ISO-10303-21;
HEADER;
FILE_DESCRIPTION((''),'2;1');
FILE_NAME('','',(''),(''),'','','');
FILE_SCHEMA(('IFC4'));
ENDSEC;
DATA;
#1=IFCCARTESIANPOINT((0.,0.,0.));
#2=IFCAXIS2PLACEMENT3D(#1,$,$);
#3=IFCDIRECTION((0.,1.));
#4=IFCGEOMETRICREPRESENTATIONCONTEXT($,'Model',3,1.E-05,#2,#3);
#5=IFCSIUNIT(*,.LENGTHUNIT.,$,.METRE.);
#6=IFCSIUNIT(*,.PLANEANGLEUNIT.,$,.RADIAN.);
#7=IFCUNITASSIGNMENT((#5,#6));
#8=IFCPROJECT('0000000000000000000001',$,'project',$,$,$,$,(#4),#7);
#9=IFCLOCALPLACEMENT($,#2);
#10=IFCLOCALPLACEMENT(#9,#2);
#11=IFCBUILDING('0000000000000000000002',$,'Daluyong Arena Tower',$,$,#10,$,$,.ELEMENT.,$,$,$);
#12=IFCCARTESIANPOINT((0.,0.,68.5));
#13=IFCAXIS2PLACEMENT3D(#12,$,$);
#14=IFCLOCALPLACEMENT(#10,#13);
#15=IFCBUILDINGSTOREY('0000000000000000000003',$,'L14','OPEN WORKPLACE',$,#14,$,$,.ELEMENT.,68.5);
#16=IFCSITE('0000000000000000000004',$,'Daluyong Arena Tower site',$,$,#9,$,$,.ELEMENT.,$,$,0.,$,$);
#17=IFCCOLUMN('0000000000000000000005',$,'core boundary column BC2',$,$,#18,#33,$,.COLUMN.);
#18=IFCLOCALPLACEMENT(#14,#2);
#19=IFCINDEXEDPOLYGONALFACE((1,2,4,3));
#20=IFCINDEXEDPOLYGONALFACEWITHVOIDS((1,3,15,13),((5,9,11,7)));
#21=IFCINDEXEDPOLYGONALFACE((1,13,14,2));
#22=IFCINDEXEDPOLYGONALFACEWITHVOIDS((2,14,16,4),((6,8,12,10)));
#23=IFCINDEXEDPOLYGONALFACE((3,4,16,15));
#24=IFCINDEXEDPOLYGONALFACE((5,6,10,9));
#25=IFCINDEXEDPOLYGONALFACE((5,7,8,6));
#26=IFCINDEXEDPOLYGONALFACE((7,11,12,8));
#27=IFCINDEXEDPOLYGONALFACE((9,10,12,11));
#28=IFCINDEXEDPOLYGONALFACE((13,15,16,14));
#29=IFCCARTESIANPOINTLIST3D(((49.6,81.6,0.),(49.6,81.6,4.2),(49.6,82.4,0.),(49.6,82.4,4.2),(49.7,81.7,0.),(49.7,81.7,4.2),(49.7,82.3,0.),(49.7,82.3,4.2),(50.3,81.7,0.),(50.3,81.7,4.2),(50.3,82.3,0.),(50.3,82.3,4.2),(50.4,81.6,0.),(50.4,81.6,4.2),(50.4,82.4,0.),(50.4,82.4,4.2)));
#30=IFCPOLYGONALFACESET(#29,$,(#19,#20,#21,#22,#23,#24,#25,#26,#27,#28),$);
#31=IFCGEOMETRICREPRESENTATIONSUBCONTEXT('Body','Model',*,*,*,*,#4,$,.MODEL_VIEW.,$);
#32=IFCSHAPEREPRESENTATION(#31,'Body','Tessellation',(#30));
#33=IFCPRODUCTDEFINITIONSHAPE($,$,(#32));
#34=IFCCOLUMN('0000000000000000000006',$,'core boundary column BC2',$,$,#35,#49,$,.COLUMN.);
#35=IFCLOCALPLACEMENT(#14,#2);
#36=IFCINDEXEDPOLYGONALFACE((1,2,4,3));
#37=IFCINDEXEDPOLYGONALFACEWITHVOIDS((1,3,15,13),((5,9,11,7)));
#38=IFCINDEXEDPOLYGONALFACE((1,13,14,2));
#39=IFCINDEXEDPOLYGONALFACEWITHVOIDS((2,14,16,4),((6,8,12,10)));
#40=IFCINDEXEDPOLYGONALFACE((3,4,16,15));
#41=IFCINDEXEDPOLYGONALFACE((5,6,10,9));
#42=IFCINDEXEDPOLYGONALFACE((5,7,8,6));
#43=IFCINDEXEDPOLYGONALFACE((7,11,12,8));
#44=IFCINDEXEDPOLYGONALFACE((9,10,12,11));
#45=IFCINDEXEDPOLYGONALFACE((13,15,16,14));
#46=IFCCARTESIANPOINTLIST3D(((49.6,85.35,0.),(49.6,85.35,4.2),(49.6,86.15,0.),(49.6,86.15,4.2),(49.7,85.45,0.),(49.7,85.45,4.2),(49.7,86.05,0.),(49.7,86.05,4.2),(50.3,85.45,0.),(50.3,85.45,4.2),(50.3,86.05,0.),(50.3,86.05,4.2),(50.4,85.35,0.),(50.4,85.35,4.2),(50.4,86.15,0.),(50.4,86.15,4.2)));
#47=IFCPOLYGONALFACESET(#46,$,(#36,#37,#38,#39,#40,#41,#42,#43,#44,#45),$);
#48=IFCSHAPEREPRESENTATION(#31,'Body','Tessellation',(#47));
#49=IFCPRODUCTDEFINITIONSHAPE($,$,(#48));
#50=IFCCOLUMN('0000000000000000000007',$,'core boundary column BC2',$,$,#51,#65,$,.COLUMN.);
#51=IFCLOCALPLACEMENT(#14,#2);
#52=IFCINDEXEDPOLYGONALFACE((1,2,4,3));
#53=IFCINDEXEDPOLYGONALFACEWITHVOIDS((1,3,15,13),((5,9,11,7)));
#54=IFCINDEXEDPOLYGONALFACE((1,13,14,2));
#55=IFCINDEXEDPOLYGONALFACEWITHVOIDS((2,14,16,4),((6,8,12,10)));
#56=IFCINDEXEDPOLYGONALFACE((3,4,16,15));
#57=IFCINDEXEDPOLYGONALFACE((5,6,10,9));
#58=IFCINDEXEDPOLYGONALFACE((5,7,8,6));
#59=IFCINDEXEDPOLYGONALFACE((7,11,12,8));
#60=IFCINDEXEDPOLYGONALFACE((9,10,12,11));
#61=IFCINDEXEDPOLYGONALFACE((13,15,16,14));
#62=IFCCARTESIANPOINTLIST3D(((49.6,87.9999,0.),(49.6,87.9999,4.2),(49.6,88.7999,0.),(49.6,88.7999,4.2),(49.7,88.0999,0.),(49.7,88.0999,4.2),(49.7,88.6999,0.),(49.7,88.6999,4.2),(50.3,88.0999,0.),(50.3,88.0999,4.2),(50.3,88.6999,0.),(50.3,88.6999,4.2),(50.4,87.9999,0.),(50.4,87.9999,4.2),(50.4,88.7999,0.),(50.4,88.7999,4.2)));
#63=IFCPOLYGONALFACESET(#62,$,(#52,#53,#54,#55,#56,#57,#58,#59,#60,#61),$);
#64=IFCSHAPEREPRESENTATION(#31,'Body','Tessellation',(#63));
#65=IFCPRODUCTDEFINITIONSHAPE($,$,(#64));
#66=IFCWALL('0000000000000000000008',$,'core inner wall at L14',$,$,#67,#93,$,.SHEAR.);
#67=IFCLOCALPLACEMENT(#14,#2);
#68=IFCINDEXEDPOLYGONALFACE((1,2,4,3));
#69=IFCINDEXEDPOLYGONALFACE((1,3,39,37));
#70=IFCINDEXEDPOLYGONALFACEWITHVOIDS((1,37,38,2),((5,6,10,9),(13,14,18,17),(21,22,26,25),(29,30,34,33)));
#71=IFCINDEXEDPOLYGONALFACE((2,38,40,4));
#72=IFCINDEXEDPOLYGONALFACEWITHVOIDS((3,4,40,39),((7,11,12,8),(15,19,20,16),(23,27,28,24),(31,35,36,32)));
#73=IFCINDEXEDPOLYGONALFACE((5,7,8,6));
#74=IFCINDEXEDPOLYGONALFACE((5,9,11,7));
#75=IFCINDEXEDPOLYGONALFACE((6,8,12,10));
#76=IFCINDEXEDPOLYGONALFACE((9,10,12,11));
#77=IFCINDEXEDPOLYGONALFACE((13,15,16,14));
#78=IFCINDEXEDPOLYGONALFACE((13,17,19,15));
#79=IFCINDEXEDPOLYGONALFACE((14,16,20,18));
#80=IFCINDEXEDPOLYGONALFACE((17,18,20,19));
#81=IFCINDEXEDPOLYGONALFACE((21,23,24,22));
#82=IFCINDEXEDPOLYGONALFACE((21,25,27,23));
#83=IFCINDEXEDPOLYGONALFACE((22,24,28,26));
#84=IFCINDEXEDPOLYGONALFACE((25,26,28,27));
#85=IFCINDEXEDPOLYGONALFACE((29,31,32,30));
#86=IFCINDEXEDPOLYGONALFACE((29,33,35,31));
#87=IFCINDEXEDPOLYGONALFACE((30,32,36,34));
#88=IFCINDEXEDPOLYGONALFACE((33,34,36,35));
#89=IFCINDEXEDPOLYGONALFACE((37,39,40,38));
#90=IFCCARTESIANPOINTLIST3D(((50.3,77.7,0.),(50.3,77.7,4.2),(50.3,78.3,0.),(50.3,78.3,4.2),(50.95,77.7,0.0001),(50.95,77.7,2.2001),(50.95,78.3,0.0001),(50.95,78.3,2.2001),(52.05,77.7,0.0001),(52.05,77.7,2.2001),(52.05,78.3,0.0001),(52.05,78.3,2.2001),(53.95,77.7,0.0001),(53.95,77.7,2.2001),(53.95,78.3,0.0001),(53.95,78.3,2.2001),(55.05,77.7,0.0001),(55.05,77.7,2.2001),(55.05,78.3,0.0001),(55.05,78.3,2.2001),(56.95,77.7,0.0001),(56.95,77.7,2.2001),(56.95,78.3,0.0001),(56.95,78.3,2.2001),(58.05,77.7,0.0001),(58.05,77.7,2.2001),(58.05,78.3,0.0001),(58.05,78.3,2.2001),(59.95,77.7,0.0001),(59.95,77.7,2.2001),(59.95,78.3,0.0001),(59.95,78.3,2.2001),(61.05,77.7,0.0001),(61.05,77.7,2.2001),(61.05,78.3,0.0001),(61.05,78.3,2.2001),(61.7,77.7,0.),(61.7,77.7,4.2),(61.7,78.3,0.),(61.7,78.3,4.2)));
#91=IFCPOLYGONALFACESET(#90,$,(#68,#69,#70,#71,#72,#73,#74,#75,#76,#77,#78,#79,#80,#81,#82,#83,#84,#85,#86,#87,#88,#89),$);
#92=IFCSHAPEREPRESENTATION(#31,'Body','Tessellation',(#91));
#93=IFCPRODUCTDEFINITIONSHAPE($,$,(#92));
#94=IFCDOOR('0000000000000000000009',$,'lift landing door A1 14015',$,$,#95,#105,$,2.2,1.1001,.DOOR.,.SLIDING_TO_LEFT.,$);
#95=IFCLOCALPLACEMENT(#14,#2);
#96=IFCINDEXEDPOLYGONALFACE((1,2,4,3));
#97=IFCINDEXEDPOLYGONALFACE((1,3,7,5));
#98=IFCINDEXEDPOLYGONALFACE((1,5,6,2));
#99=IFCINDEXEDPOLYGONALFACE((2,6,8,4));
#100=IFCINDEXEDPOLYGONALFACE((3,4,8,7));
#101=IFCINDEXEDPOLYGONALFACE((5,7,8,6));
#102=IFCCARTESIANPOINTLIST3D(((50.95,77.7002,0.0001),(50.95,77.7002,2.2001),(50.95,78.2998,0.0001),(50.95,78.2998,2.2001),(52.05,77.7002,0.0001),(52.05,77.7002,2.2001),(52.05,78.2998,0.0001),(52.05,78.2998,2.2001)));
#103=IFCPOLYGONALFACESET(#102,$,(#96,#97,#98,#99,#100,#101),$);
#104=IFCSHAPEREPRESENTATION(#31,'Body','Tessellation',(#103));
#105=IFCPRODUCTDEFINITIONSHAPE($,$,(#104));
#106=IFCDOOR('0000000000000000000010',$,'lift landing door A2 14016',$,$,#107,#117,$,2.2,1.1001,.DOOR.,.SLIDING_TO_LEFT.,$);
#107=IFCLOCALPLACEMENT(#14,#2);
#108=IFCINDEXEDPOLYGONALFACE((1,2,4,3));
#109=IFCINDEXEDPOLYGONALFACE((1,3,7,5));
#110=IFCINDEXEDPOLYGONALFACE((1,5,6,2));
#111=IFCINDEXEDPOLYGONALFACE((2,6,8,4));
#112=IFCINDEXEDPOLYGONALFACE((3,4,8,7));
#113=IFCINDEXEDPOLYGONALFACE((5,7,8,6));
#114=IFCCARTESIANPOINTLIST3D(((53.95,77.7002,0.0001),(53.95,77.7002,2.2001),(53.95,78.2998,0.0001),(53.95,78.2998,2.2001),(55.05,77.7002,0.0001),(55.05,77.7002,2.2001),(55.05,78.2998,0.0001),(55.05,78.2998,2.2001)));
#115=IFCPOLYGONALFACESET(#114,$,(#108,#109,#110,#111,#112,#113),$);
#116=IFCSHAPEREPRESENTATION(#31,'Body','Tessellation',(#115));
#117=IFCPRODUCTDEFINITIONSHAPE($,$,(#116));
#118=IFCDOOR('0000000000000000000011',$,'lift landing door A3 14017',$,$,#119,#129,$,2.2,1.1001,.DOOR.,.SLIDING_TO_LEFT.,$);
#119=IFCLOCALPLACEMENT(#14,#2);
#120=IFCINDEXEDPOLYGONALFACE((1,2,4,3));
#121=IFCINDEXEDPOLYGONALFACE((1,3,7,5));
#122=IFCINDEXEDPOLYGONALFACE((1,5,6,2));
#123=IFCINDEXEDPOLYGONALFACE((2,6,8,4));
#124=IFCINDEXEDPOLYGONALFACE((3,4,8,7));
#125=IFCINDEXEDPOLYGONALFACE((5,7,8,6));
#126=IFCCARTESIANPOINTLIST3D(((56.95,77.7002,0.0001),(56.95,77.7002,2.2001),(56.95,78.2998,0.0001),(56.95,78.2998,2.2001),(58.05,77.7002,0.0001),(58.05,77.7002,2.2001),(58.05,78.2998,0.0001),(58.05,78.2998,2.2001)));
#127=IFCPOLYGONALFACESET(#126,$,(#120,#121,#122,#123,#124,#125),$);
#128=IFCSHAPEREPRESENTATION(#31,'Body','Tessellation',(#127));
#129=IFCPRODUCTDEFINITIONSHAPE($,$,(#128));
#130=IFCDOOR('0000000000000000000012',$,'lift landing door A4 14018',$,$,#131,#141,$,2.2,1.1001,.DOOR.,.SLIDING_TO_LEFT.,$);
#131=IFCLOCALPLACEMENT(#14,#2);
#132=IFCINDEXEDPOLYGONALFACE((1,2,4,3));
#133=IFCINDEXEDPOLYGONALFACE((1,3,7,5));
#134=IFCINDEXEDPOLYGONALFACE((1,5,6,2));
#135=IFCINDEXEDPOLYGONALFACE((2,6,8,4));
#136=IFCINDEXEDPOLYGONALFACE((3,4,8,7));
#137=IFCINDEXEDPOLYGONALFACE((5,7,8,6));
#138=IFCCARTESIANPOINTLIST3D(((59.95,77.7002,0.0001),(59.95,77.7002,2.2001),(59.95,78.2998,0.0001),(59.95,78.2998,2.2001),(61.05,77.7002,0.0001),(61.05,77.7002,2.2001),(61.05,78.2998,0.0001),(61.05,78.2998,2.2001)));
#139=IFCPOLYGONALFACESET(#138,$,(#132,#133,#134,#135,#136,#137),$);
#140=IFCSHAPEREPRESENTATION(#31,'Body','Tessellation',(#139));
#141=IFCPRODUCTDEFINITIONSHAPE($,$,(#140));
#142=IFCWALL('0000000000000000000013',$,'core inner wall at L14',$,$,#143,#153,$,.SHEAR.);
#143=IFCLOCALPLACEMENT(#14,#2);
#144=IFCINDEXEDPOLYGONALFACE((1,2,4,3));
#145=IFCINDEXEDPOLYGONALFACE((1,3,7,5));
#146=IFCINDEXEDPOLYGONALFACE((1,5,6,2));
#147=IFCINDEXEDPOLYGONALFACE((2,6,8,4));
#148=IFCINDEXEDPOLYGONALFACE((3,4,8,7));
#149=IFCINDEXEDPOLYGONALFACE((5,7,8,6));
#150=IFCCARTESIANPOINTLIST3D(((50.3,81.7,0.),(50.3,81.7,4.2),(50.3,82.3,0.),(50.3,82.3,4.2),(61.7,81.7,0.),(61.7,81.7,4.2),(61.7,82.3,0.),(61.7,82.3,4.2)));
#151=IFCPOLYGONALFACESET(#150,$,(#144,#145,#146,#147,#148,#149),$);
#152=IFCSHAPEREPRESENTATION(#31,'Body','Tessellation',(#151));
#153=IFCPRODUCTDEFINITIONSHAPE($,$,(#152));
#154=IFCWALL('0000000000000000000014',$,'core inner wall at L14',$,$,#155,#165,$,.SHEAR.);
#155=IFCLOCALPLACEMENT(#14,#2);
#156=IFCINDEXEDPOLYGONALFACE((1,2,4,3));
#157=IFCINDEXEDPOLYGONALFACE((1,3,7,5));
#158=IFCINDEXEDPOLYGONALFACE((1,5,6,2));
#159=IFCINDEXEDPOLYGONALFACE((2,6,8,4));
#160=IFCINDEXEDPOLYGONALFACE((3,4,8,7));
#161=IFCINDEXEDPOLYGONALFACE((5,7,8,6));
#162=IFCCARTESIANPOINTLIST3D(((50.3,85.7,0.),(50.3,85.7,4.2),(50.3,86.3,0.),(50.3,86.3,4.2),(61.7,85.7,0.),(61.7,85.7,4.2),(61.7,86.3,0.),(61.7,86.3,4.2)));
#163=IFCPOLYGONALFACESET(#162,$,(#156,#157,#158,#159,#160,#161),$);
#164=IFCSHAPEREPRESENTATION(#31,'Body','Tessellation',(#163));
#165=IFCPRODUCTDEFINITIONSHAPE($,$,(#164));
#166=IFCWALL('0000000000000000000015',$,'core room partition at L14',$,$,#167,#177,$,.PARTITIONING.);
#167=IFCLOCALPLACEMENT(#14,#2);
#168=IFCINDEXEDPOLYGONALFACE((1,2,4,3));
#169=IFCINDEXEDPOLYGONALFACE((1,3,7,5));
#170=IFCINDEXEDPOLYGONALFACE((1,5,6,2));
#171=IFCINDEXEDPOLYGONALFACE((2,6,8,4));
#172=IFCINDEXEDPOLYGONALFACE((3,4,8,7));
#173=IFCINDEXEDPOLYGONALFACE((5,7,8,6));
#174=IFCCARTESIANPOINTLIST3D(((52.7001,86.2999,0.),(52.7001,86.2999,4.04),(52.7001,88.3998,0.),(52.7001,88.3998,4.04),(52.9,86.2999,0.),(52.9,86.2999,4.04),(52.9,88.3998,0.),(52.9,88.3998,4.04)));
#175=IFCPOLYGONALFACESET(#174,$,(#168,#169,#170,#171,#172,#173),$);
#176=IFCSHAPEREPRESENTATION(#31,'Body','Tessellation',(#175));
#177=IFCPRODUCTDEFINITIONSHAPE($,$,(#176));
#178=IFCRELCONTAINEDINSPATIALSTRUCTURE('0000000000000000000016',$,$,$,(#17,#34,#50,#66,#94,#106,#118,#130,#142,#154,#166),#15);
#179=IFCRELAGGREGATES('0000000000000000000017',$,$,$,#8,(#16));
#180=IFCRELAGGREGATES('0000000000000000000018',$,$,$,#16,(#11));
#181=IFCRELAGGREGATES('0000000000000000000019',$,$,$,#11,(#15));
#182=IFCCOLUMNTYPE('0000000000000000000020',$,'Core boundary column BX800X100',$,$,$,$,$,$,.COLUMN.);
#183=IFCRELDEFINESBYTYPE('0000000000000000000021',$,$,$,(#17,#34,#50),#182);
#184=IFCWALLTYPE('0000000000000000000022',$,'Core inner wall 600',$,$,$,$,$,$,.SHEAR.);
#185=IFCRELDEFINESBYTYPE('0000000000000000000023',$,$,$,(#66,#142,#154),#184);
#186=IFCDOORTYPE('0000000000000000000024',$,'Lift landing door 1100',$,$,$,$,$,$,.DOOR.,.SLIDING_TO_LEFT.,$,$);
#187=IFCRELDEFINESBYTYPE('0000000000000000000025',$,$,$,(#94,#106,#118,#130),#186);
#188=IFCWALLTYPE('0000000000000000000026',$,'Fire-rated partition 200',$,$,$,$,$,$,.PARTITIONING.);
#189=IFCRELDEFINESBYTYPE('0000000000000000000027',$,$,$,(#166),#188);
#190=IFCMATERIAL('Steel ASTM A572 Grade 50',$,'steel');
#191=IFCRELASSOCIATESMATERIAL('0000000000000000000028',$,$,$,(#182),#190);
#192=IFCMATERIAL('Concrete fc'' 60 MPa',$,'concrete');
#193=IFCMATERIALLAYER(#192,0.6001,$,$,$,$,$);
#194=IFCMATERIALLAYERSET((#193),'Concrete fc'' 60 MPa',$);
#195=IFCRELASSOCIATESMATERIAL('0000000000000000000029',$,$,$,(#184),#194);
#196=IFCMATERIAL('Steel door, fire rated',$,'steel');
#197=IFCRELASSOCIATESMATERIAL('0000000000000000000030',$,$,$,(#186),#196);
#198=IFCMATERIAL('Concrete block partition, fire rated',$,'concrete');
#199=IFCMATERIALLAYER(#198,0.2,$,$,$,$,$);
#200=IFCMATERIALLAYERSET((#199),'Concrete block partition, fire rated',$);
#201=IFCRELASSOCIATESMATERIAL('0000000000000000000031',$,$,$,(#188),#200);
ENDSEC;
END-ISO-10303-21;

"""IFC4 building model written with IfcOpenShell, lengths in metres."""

from ifc_helpers import new_model, si_unit, direction, frame, frame_2d, origin, origin_2d, place, context, subcontext, project, spatial, rectangle, hollow_rectangle, extrude, material, layer, layer_set, material_profile, profile_set, type_object, element, fill, save


model = new_model("IFC4")

# Units and contexts
model_context = context("Model", 3, precision=1e-05, world=origin(), true_north=direction((0.0, 1.0)))
body_context = subcontext(model_context, "Body", "Model", "MODEL_VIEW")
ifc_project = project(units=[si_unit("LENGTHUNIT", "METRE"), si_unit("PLANEANGLEUNIT", "RADIAN")], contexts=[model_context])

# Site, building, storey
site_placement = place(None, origin())
site = spatial("IfcSite", under=ifc_project, at=site_placement, Name="Daluyong Arena Tower site", CompositionType="ELEMENT", RefElevation=0.0)
building_placement = place(site_placement, origin())
building = spatial("IfcBuilding", under=site, at=building_placement, Name="Daluyong Arena Tower", CompositionType="ELEMENT")
storey_placement = place(building_placement, frame((0.0, 0.0, 68.5)))
storey = spatial("IfcBuildingStorey", under=building, at=storey_placement, Name="L14", Description="OPEN WORKPLACE", CompositionType="ELEMENT", Elevation=68.5)

# Columns
ifc_material_1 = material(Name="Steel ASTM A572 Grade 50", Category="steel")
ifc_material_profile = material_profile(ifc_material_1, hollow_rectangle(XDim=0.8, YDim=0.8, WallThickness=0.1, at=origin_2d()))
ifc_profile_set = profile_set([ifc_material_profile], Name="Steel ASTM A572 Grade 50")
column_type = type_object("IfcColumnType", Name="Core boundary column BX800X100", PredefinedType="COLUMN", material=ifc_profile_set)
for number, where, z_axis, x_axis, name in (
    (1, (50.0, 82.0, 0.0), (0.0, 0.0, 1.0), (1.0, 0.0, 0.0), "core boundary column BC2"),
    (2, (50.0, 85.75, 0.0), (0.0, 0.0, 1.0), (1.0, 0.0, 0.0), "core boundary column BC2"),
    (3, (50.0, 88.3999, 0.0), (0.0, 0.0, 1.0), (1.0, 0.0, 0.0), "core boundary column BC2"),
):
    element("IfcColumn", number, at=place(storey_placement, frame(where, z_axis=z_axis, x_axis=x_axis)), inside=storey, type_object=column_type, Name=name, PredefinedType="COLUMN", context=body_context, shape_type="SweptSolid", body=[
        extrude(hollow_rectangle(XDim=0.8, YDim=0.8, WallThickness=0.1, at=origin_2d()), origin(), (0.0, 0.0, 1.0), 4.2),
    ])

# Wall, openings, doors
ifc_material_2 = material(Name="Concrete fc' 60 MPa", Category="concrete")
ifc_layer_1 = layer(ifc_material_2, 0.6001)
ifc_layer_set_1 = layer_set([ifc_layer_1], Name="Concrete fc' 60 MPa")
wall_type_1 = type_object("IfcWallType", Name="Core inner wall 600", PredefinedType="SHEAR", material=ifc_layer_set_1)
wall_1_placement = place(storey_placement, frame((50.3, 78.0, 0.0), z_axis=(0.0, 0.0, 1.0), x_axis=(1.0, 0.0, 0.0)))
wall_1 = element("IfcWall", 4, at=wall_1_placement, inside=storey, type_object=wall_type_1, Name="core inner wall at L14", PredefinedType="SHEAR", context=body_context, shape_type="SweptSolid", body=[
    extrude(rectangle(XDim=11.3999, YDim=0.6001, at=frame_2d((5.7, 0.0))), origin(), (0.0, 0.0, 1.0), 4.2),
])
opening_1_placement = place(wall_1_placement, frame((0.6499, 0.0, 0.0)))
opening_1 = element("IfcOpeningElement", 5, at=opening_1_placement, cuts=wall_1, PredefinedType="OPENING", context=body_context, shape_type="SweptSolid", body=[
    extrude(rectangle(XDim=1.1001, YDim=2.2, at=frame_2d((0.55, 1.1001))), frame((0.0, 0.3101, 0.0), z_axis=(0.0, -1.0, 0.0), x_axis=(1.0, 0.0, 0.0)), (0.0, 0.0, 1.0), 0.6201),
])
opening_2_placement = place(wall_1_placement, frame((3.6499, 0.0, 0.0)))
opening_2 = element("IfcOpeningElement", 6, at=opening_2_placement, cuts=wall_1, PredefinedType="OPENING", context=body_context, shape_type="SweptSolid", body=[
    extrude(rectangle(XDim=1.1001, YDim=2.2, at=frame_2d((0.55, 1.1001))), frame((0.0, 0.3101, 0.0), z_axis=(0.0, -1.0, 0.0), x_axis=(1.0, 0.0, 0.0)), (0.0, 0.0, 1.0), 0.6201),
])
opening_3_placement = place(wall_1_placement, frame((6.6499, 0.0, 0.0)))
opening_3 = element("IfcOpeningElement", 7, at=opening_3_placement, cuts=wall_1, PredefinedType="OPENING", context=body_context, shape_type="SweptSolid", body=[
    extrude(rectangle(XDim=1.1001, YDim=2.2, at=frame_2d((0.55, 1.1001))), frame((0.0, 0.3101, 0.0), z_axis=(0.0, -1.0, 0.0), x_axis=(1.0, 0.0, 0.0)), (0.0, 0.0, 1.0), 0.6201),
])
opening_4_placement = place(wall_1_placement, frame((9.6499, 0.0, 0.0)))
opening_4 = element("IfcOpeningElement", 8, at=opening_4_placement, cuts=wall_1, PredefinedType="OPENING", context=body_context, shape_type="SweptSolid", body=[
    extrude(rectangle(XDim=1.1001, YDim=2.2, at=frame_2d((0.55, 1.1001))), frame((0.0, 0.3101, 0.0), z_axis=(0.0, -1.0, 0.0), x_axis=(1.0, 0.0, 0.0)), (0.0, 0.0, 1.0), 0.6201),
])
ifc_material_3 = material(Name="Steel door, fire rated", Category="steel")
door_type = type_object("IfcDoorType", Name="Lift landing door 1100", OperationType="SLIDING_TO_LEFT", PredefinedType="DOOR", material=ifc_material_3)
door_1_placement = place(opening_1_placement, origin())
door_1 = element("IfcDoor", 9, at=door_1_placement, inside=storey, type_object=door_type, Name="lift landing door A1 14015", OperationType="SLIDING_TO_LEFT", OverallHeight=2.2, OverallWidth=1.1001, PredefinedType="DOOR", context=body_context, shape_type="SweptSolid", body=[
    extrude(rectangle(XDim=1.1001, YDim=2.2, at=frame_2d((0.55, 1.1001))), frame((0.0, 0.2998, 0.0), z_axis=(0.0, -1.0, 0.0), x_axis=(1.0, 0.0, 0.0)), (0.0, 0.0, 1.0), 0.5996),
])
fill(opening_1, door_1)
door_2_placement = place(opening_2_placement, origin())
door_2 = element("IfcDoor", 10, at=door_2_placement, inside=storey, type_object=door_type, Name="lift landing door A2 14016", OperationType="SLIDING_TO_LEFT", OverallHeight=2.2, OverallWidth=1.1001, PredefinedType="DOOR", context=body_context, shape_type="SweptSolid", body=[
    extrude(rectangle(XDim=1.1001, YDim=2.2, at=frame_2d((0.55, 1.1001))), frame((0.0, 0.2998, 0.0), z_axis=(0.0, -1.0, 0.0), x_axis=(1.0, 0.0, 0.0)), (0.0, 0.0, 1.0), 0.5996),
])
fill(opening_2, door_2)
door_3_placement = place(opening_3_placement, origin())
door_3 = element("IfcDoor", 11, at=door_3_placement, inside=storey, type_object=door_type, Name="lift landing door A3 14017", OperationType="SLIDING_TO_LEFT", OverallHeight=2.2, OverallWidth=1.1001, PredefinedType="DOOR", context=body_context, shape_type="SweptSolid", body=[
    extrude(rectangle(XDim=1.1001, YDim=2.2, at=frame_2d((0.55, 1.1001))), frame((0.0, 0.2998, 0.0), z_axis=(0.0, -1.0, 0.0), x_axis=(1.0, 0.0, 0.0)), (0.0, 0.0, 1.0), 0.5996),
])
fill(opening_3, door_3)
door_4_placement = place(opening_4_placement, origin())
door_4 = element("IfcDoor", 12, at=door_4_placement, inside=storey, type_object=door_type, Name="lift landing door A4 14018", OperationType="SLIDING_TO_LEFT", OverallHeight=2.2, OverallWidth=1.1001, PredefinedType="DOOR", context=body_context, shape_type="SweptSolid", body=[
    extrude(rectangle(XDim=1.1001, YDim=2.2, at=frame_2d((0.55, 1.1001))), frame((0.0, 0.2998, 0.0), z_axis=(0.0, -1.0, 0.0), x_axis=(1.0, 0.0, 0.0)), (0.0, 0.0, 1.0), 0.5996),
])
fill(opening_4, door_4)

# Walls
for number, where, z_axis, x_axis, name in (
    (13, (50.3, 82.0, 0.0), (0.0, 0.0, 1.0), (1.0, 0.0, 0.0), "core inner wall at L14"),
    (14, (50.3, 86.0, 0.0), (0.0, 0.0, 1.0), (1.0, 0.0, 0.0), "core inner wall at L14"),
):
    element("IfcWall", number, at=place(storey_placement, frame(where, z_axis=z_axis, x_axis=x_axis)), inside=storey, type_object=wall_type_1, Name=name, PredefinedType="SHEAR", context=body_context, shape_type="SweptSolid", body=[
        extrude(rectangle(XDim=11.3999, YDim=0.6001, at=frame_2d((5.7, 0.0))), origin(), (0.0, 0.0, 1.0), 4.2),
    ])
ifc_material_4 = material(Name="Concrete block partition, fire rated", Category="concrete")
ifc_layer_2 = layer(ifc_material_4, 0.2)
ifc_layer_set_2 = layer_set([ifc_layer_2], Name="Concrete block partition, fire rated")
wall_type_2 = type_object("IfcWallType", Name="Fire-rated partition 200", PredefinedType="PARTITIONING", material=ifc_layer_set_2)
wall_2_placement = place(storey_placement, frame((52.8, 86.3, 0.0), z_axis=(0.0, 0.0, 1.0), x_axis=(0.0, 1.0, 0.0)))
element("IfcWall", 15, at=wall_2_placement, inside=storey, type_object=wall_type_2, Name="core room partition at L14", PredefinedType="PARTITIONING", context=body_context, shape_type="SweptSolid", body=[
    extrude(rectangle(XDim=2.0999, YDim=0.2, at=frame_2d((1.0498, 0.0))), origin(), (0.0, 0.0, 1.0), 4.04),
])

save(model, "model.ifc")
